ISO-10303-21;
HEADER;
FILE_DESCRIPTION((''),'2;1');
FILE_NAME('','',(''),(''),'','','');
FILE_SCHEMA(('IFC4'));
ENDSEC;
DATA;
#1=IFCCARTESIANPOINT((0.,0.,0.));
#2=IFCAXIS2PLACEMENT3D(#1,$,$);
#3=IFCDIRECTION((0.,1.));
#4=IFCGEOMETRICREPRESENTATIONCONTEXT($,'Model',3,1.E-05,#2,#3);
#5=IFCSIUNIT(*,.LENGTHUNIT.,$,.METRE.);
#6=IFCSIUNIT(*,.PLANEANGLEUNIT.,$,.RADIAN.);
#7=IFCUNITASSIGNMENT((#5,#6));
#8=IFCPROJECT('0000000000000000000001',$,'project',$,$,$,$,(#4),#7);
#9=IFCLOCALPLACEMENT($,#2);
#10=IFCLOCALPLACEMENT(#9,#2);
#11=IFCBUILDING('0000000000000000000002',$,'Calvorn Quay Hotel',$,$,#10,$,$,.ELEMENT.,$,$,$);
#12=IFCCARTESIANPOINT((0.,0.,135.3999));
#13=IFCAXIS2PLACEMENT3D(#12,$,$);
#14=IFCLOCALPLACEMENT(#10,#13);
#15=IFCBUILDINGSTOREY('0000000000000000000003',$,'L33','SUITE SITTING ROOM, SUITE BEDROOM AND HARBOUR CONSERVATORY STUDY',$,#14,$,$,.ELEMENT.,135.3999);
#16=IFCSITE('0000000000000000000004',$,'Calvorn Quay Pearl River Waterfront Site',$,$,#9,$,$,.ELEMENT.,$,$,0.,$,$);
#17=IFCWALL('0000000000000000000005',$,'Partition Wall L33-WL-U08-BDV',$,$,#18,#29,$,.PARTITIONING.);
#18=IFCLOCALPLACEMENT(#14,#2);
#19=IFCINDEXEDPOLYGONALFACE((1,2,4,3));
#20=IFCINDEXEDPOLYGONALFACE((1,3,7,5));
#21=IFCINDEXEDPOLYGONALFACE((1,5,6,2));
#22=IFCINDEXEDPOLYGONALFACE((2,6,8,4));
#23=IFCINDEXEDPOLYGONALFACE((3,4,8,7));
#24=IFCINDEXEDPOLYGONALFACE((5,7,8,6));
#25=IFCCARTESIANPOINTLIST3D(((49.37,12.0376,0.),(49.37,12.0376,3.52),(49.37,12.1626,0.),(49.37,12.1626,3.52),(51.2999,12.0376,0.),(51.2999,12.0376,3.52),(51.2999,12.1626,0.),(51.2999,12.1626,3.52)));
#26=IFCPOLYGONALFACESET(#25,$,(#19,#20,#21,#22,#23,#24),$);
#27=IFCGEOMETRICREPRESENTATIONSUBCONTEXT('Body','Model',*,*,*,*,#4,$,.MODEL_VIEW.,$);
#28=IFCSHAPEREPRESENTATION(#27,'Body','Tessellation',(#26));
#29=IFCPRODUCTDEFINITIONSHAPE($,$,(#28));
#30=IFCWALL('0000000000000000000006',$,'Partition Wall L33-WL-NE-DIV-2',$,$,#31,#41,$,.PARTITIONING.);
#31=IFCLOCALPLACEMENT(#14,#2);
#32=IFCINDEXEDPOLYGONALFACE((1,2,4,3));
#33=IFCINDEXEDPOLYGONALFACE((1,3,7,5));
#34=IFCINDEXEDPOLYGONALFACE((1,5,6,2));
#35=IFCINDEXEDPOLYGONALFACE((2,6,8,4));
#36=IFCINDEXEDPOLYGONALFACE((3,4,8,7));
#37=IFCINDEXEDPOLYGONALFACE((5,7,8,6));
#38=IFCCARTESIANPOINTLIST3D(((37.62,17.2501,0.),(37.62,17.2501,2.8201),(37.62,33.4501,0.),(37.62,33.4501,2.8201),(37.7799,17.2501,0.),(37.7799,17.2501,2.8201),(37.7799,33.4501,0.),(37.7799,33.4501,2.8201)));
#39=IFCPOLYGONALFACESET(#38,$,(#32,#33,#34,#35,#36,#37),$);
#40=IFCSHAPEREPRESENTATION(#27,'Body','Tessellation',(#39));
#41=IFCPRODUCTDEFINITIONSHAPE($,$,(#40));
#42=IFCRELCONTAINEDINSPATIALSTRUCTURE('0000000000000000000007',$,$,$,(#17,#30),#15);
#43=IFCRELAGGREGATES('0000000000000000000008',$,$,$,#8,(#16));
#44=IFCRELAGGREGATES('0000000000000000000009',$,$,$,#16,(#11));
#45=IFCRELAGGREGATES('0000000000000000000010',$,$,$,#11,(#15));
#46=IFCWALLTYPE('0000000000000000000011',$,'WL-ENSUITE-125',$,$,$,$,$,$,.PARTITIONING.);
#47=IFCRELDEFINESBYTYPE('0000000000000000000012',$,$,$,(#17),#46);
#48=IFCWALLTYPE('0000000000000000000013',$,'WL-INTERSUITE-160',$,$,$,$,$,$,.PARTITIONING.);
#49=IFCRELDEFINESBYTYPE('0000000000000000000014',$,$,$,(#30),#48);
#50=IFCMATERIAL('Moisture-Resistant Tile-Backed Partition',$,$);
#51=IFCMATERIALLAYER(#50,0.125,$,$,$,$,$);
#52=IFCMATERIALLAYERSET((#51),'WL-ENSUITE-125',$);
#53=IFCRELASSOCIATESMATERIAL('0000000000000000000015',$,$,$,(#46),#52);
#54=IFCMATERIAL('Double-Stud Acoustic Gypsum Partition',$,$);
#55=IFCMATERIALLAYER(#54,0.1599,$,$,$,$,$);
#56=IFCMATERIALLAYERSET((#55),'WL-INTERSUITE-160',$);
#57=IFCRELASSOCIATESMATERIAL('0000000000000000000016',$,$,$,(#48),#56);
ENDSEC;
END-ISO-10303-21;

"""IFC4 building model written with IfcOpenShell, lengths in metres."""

from ifc_helpers import new_model, si_unit, direction, frame, frame_2d, origin, place, context, subcontext, project, spatial, rectangle, extrude, material, layer, layer_set, type_object, element, save


model = new_model("IFC4")

# Units and contexts
model_context = context("Model", 3, precision=1e-05, world=origin(), true_north=direction((0.0, 1.0)))
body_context = subcontext(model_context, "Body", "Model", "MODEL_VIEW")
ifc_project = project(units=[si_unit("LENGTHUNIT", "METRE"), si_unit("PLANEANGLEUNIT", "RADIAN")], contexts=[model_context])

# Site, building, storey
site_placement = place(None, origin())
site = spatial("IfcSite", under=ifc_project, at=site_placement, Name="Calvorn Quay Pearl River Waterfront Site", CompositionType="ELEMENT", RefElevation=0.0)
building_placement = place(site_placement, origin())
building = spatial("IfcBuilding", under=site, at=building_placement, Name="Calvorn Quay Hotel", CompositionType="ELEMENT")
storey_placement = place(building_placement, frame((0.0, 0.0, 135.3999)))
storey = spatial("IfcBuildingStorey", under=building, at=storey_placement, Name="L33", Description="SUITE SITTING ROOM, SUITE BEDROOM AND HARBOUR CONSERVATORY STUDY", CompositionType="ELEMENT", Elevation=135.3999)

# Walls
ifc_material_1 = material(Name="Moisture-Resistant Tile-Backed Partition")
ifc_layer_1 = layer(ifc_material_1, 0.125)
ifc_layer_set_1 = layer_set([ifc_layer_1], Name="WL-ENSUITE-125")
wall_type_1 = type_object("IfcWallType", Name="WL-ENSUITE-125", PredefinedType="PARTITIONING", material=ifc_layer_set_1)
wall_1_placement = place(storey_placement, frame((49.3701, 12.1001, 0.0), z_axis=(0.0, 0.0, 1.0), x_axis=(1.0, 0.0, 0.0)))
element("IfcWall", 1, at=wall_1_placement, inside=storey, type_object=wall_type_1, Name="Partition Wall L33-WL-U08-BDV", PredefinedType="PARTITIONING", context=body_context, shape_type="SweptSolid", body=[
    extrude(rectangle(XDim=1.9299, YDim=0.125, at=frame_2d((0.9648, 0.0))), origin(), (0.0, 0.0, 1.0), 3.52),
])
ifc_material_2 = material(Name="Double-Stud Acoustic Gypsum Partition")
ifc_layer_2 = layer(ifc_material_2, 0.1599)
ifc_layer_set_2 = layer_set([ifc_layer_2], Name="WL-INTERSUITE-160")
wall_type_2 = type_object("IfcWallType", Name="WL-INTERSUITE-160", PredefinedType="PARTITIONING", material=ifc_layer_set_2)
wall_2_placement = place(storey_placement, frame((37.7, 17.25, 0.0), z_axis=(0.0, 0.0, 1.0), x_axis=(0.0, 1.0, 0.0)))
element("IfcWall", 2, at=wall_2_placement, inside=storey, type_object=wall_type_2, Name="Partition Wall L33-WL-NE-DIV-2", PredefinedType="PARTITIONING", context=body_context, shape_type="SweptSolid", body=[
    extrude(rectangle(XDim=16.2, YDim=0.1599, at=frame_2d((8.1001, 0.0))), origin(), (0.0, 0.0, 1.0), 2.8201),
])

save(model, "model.ifc")
